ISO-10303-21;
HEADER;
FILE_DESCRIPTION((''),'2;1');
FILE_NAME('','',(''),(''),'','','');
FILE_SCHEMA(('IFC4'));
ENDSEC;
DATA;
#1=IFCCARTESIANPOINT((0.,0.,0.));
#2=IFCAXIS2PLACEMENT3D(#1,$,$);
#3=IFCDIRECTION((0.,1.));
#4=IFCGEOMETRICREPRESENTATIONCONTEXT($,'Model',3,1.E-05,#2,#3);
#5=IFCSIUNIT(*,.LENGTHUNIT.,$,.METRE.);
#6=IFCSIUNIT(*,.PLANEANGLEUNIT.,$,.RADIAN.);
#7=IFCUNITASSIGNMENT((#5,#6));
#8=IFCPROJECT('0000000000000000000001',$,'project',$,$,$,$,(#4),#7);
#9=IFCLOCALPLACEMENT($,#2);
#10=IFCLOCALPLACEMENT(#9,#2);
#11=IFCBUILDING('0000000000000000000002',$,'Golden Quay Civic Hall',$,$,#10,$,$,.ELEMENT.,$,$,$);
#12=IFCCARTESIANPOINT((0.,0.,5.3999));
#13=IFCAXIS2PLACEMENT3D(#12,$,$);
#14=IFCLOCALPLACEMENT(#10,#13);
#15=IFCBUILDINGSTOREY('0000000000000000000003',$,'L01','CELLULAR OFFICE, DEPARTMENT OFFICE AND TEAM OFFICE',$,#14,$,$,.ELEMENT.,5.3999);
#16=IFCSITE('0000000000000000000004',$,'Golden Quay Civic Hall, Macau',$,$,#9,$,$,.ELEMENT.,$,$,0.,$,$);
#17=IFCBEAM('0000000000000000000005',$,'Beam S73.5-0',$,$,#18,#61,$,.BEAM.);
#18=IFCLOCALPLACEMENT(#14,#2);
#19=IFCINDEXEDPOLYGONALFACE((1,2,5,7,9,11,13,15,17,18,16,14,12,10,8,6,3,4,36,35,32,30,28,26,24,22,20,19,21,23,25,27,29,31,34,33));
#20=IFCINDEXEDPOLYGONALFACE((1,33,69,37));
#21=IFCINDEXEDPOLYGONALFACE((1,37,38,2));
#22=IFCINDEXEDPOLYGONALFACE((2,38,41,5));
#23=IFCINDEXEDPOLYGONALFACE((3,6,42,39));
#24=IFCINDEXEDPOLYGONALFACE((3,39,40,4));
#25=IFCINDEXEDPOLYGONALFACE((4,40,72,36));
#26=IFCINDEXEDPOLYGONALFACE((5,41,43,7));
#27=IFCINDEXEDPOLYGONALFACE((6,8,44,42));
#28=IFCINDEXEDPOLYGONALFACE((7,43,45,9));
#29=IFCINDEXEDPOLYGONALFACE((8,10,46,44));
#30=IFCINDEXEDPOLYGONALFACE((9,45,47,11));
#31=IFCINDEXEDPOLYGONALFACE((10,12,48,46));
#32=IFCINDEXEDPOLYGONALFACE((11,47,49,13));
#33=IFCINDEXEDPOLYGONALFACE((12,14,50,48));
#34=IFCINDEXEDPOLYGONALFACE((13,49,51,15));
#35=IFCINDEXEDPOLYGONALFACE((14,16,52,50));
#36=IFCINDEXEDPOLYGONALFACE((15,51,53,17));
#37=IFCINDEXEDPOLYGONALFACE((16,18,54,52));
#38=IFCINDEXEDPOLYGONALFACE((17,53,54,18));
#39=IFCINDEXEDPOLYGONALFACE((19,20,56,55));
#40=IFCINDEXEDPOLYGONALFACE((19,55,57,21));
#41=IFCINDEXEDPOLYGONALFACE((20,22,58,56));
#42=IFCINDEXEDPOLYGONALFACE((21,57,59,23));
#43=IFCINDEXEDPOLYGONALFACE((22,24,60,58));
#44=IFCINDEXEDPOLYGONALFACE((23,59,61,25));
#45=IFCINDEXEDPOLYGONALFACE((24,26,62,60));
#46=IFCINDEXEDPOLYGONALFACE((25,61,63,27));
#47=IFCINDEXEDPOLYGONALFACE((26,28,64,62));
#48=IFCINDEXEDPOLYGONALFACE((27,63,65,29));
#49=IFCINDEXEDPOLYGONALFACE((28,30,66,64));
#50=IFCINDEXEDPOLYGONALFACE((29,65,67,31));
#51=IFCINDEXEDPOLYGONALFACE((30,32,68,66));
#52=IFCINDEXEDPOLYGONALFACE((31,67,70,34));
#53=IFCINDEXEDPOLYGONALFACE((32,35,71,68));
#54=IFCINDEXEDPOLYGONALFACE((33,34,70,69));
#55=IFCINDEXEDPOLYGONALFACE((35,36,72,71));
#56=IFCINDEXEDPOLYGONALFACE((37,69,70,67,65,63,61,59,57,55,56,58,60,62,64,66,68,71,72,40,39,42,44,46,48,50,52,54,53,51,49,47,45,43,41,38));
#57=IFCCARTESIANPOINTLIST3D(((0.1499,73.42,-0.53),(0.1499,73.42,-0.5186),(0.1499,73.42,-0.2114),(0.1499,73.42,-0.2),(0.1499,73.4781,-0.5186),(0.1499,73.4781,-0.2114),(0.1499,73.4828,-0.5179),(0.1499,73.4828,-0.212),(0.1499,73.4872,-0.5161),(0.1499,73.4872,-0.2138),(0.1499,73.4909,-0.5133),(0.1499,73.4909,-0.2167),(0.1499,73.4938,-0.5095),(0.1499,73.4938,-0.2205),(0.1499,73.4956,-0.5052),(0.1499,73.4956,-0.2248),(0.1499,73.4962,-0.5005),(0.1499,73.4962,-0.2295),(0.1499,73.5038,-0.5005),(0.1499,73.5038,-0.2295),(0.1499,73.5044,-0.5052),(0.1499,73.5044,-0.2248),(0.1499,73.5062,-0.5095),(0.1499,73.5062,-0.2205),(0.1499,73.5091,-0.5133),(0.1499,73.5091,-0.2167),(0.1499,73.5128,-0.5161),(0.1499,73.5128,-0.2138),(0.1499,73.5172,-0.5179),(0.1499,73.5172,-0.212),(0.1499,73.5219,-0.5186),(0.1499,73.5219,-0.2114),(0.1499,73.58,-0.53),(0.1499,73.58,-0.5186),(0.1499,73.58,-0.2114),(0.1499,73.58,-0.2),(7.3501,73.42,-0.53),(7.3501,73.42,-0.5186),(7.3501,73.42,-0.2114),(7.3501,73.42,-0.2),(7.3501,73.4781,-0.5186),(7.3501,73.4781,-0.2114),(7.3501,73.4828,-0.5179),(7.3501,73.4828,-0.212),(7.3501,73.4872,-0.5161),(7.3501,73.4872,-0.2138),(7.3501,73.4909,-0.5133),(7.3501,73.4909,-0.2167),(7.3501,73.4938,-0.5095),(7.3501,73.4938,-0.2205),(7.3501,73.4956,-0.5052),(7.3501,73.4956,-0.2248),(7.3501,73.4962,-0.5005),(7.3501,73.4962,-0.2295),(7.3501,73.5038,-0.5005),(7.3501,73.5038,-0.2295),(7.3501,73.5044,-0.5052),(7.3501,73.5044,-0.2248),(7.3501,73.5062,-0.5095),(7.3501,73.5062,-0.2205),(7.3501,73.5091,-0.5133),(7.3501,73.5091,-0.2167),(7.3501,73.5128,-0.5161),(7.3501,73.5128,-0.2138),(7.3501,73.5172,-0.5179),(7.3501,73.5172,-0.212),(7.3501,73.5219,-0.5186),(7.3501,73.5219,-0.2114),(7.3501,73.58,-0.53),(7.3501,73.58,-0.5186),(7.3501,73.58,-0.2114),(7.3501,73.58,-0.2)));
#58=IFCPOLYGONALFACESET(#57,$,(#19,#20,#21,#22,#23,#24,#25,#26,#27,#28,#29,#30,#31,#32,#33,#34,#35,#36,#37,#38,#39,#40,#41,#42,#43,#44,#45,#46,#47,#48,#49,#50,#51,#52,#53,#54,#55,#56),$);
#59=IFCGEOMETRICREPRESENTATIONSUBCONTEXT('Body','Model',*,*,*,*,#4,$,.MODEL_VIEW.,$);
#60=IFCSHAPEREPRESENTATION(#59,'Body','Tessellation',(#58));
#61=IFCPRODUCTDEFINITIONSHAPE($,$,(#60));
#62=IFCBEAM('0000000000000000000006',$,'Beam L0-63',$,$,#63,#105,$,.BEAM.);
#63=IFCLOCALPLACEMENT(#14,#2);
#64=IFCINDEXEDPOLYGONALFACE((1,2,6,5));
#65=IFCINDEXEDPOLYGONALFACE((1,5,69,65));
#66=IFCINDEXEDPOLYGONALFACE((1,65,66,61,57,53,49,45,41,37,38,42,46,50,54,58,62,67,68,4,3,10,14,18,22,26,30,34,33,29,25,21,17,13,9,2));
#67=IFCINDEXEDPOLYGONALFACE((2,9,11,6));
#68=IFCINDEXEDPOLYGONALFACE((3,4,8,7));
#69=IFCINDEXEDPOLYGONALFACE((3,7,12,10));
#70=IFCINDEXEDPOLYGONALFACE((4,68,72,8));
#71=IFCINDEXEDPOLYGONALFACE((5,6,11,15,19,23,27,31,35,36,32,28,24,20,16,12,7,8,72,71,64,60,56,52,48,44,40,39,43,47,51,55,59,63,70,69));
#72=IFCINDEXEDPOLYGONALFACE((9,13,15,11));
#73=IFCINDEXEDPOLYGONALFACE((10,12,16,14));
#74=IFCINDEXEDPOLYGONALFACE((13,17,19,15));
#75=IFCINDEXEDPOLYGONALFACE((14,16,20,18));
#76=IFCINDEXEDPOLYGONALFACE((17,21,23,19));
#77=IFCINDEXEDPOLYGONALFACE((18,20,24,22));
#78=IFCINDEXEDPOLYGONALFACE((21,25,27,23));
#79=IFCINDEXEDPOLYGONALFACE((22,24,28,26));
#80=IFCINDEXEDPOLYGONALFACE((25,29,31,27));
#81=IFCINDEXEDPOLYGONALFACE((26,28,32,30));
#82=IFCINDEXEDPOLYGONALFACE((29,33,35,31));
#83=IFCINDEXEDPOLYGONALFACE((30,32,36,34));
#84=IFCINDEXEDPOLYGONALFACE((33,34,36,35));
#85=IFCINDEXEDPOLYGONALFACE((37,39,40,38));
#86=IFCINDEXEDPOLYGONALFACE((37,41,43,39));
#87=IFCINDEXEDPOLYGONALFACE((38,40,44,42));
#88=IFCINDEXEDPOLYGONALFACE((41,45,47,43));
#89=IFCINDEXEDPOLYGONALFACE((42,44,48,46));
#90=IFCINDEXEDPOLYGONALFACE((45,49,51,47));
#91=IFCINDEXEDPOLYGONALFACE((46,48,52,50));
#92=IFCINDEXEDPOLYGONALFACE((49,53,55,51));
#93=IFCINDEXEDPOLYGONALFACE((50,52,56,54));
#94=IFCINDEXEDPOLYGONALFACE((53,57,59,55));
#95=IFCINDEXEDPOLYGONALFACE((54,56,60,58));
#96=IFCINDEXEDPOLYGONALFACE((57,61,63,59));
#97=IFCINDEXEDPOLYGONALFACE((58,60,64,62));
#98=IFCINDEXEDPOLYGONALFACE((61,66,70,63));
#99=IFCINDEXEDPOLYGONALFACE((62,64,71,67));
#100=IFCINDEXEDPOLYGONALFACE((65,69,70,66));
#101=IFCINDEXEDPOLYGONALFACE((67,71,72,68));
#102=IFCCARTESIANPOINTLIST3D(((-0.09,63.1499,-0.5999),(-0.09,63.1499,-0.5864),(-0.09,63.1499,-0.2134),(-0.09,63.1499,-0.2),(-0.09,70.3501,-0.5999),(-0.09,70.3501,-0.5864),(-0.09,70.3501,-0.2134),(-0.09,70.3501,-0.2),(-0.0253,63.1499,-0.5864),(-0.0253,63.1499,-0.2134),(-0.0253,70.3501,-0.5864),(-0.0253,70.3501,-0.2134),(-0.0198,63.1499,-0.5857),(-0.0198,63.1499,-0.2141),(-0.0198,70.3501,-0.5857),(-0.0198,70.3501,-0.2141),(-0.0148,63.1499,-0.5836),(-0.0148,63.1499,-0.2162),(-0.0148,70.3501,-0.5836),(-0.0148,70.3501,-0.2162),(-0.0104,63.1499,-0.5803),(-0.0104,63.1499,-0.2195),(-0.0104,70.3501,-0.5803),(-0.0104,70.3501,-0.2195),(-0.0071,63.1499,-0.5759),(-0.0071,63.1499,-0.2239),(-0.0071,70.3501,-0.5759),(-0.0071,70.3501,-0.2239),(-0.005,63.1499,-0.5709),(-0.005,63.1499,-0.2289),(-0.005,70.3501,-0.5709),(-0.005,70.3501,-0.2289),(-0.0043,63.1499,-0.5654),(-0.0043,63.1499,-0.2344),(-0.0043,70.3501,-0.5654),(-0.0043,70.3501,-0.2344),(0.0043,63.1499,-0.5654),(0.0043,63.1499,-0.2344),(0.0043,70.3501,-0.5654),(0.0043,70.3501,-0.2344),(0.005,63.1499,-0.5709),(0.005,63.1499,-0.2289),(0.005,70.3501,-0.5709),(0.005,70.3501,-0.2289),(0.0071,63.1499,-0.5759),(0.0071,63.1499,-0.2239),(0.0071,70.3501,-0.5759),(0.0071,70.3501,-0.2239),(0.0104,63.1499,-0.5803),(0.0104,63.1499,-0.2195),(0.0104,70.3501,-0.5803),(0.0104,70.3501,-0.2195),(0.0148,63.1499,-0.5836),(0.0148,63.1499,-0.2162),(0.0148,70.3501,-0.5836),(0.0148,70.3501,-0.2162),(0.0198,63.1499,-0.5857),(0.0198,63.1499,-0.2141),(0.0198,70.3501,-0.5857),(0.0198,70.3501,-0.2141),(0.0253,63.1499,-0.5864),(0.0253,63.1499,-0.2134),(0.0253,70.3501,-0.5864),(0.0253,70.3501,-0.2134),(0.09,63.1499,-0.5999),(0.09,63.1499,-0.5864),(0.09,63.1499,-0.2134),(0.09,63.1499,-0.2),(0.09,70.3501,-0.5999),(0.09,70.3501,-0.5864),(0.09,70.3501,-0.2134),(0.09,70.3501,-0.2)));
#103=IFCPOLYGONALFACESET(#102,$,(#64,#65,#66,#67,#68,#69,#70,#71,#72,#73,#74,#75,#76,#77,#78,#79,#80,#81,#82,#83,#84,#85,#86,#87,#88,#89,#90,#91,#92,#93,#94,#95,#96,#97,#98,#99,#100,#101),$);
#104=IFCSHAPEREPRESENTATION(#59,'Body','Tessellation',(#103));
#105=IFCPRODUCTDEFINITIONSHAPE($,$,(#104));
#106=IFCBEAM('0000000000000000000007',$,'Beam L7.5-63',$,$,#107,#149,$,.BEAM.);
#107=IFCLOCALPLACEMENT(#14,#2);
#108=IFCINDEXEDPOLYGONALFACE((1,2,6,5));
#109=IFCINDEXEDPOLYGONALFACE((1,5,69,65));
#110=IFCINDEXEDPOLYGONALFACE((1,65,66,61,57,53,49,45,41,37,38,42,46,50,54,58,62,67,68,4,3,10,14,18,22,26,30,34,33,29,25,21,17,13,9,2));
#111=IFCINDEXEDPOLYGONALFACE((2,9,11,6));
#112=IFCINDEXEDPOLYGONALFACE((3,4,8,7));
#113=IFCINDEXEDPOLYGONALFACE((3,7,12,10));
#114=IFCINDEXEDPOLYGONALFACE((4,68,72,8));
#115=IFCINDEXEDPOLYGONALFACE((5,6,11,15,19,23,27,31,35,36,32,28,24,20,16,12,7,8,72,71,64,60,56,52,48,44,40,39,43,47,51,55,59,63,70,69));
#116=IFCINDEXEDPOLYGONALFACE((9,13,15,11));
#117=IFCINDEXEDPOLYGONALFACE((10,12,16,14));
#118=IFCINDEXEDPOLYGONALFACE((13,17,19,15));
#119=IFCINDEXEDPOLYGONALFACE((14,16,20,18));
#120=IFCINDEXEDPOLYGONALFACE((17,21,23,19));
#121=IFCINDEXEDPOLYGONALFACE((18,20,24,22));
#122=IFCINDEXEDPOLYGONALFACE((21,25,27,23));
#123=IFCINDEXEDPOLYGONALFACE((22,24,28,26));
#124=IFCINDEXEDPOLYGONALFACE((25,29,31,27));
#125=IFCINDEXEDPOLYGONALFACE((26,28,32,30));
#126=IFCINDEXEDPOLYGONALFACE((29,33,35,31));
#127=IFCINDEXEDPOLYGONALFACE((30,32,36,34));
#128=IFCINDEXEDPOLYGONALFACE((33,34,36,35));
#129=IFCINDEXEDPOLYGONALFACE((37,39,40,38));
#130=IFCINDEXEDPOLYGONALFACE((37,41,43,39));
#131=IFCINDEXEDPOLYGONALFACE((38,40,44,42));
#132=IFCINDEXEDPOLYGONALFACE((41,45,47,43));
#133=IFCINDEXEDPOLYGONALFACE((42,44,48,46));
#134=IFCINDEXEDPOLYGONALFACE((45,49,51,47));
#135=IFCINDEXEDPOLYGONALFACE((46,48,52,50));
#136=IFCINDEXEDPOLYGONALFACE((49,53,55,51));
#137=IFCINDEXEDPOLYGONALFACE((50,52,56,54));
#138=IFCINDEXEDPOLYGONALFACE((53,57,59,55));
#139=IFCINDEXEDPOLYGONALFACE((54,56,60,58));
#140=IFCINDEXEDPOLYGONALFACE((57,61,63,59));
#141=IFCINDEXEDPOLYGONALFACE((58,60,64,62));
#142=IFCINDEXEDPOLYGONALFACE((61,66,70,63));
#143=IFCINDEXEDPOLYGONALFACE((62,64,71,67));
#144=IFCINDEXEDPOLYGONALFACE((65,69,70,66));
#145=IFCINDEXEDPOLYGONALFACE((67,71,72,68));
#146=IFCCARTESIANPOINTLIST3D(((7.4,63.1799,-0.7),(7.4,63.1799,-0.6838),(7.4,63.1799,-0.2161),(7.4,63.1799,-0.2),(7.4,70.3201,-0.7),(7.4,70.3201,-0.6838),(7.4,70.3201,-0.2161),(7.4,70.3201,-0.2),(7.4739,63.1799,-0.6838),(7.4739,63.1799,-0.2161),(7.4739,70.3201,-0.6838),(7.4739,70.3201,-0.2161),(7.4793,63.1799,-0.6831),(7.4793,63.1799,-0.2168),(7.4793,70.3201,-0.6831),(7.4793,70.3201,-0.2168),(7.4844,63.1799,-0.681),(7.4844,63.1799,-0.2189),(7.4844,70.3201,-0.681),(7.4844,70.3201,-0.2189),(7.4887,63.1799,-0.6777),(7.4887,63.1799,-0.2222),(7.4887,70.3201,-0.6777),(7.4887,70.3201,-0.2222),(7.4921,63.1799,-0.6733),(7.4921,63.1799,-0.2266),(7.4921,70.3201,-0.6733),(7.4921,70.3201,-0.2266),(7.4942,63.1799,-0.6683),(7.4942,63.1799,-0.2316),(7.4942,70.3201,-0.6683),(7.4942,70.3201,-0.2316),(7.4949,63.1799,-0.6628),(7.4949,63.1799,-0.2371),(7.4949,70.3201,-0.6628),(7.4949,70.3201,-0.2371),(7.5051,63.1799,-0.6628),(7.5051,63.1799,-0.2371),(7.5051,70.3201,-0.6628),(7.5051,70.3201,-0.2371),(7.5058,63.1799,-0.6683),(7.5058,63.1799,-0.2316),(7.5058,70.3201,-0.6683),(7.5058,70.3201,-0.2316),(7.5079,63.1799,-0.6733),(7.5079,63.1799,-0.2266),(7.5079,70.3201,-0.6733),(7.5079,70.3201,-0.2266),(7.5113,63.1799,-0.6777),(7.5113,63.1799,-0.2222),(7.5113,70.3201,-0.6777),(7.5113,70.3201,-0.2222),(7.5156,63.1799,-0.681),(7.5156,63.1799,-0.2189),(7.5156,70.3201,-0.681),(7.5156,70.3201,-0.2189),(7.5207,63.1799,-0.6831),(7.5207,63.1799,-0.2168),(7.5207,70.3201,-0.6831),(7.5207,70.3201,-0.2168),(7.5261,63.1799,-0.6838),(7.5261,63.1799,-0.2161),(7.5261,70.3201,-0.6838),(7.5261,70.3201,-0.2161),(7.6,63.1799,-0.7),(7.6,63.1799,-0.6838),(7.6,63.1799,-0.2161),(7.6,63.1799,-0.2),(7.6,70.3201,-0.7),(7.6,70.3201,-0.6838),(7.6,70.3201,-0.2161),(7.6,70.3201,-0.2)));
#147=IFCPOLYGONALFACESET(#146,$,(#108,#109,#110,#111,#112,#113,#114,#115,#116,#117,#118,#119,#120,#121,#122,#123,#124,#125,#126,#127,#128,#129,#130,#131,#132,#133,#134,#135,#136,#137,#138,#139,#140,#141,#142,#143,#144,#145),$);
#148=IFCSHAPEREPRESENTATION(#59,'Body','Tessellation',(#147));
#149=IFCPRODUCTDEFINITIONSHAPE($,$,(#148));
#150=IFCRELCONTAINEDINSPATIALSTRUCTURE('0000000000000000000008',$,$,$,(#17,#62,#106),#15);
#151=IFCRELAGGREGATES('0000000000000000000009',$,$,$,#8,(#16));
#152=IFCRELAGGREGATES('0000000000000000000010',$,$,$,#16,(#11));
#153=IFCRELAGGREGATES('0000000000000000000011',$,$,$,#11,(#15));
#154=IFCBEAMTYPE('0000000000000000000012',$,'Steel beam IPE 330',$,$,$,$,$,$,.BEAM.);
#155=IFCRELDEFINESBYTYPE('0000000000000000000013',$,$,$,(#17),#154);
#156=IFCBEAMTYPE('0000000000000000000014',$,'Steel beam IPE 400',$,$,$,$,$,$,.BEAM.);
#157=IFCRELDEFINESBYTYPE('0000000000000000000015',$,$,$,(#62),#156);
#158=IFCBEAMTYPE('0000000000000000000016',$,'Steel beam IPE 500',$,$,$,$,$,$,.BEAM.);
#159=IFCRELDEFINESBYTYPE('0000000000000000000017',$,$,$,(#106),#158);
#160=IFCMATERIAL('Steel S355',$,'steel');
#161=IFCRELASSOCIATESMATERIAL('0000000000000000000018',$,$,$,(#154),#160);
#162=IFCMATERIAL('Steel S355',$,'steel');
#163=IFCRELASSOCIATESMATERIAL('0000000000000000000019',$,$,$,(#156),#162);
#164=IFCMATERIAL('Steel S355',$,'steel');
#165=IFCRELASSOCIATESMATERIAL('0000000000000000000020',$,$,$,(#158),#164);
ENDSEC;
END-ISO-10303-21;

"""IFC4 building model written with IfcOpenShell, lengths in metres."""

from ifc_helpers import new_model, si_unit, direction, frame, origin, origin_2d, place, context, subcontext, project, spatial, i_section, extrude, material, material_profile, profile_set, type_object, element, save


model = new_model("IFC4")

# Units and contexts
model_context = context("Model", 3, precision=1e-05, world=origin(), true_north=direction((0.0, 1.0)))
body_context = subcontext(model_context, "Body", "Model", "MODEL_VIEW")
ifc_project = project(units=[si_unit("LENGTHUNIT", "METRE"), si_unit("PLANEANGLEUNIT", "RADIAN")], contexts=[model_context])

# Site, building, storey
site_placement = place(None, origin())
site = spatial("IfcSite", under=ifc_project, at=site_placement, Name="Golden Quay Civic Hall, Macau", CompositionType="ELEMENT", RefElevation=0.0)
building_placement = place(site_placement, origin())
building = spatial("IfcBuilding", under=site, at=building_placement, Name="Golden Quay Civic Hall", CompositionType="ELEMENT")
storey_placement = place(building_placement, frame((0.0, 0.0, 5.3999)))
storey = spatial("IfcBuildingStorey", under=building, at=storey_placement, Name="L01", Description="CELLULAR OFFICE, DEPARTMENT OFFICE AND TEAM OFFICE", CompositionType="ELEMENT", Elevation=5.3999)

# Beams
ifc_material_1 = material(Name="Steel S355", Category="steel")
ifc_material_profile_1 = material_profile(ifc_material_1, i_section(OverallWidth=0.1599, OverallDepth=0.3301, WebThickness=0.0076, FlangeThickness=0.0115, FilletRadius=0.0181, at=origin_2d()), Name="IPE 330")
ifc_profile_set_1 = profile_set([ifc_material_profile_1], Name="Steel S355")
beam_type_1 = type_object("IfcBeamType", Name="Steel beam IPE 330", PredefinedType="BEAM", material=ifc_profile_set_1)
for number, where, z_axis, x_axis, name in (
    (1, (0.1499, 73.5, -0.365), (1.0, 0.0, 0.0), (0.0, 1.0, 0.0), "Beam S73.5-0"),
):
    element("IfcBeam", number, at=place(storey_placement, frame(where, z_axis=z_axis, x_axis=x_axis)), inside=storey, type_object=beam_type_1, Name=name, PredefinedType="BEAM", context=body_context, shape_type="SweptSolid", body=[
        extrude(i_section(OverallWidth=0.1599, OverallDepth=0.3301, WebThickness=0.0076, FlangeThickness=0.0115, FilletRadius=0.0181, at=origin_2d()), origin(), (0.0, 0.0, 1.0), 7.2002),
    ])
ifc_material_2 = material(Name="Steel S355", Category="steel")
ifc_material_profile_2 = material_profile(ifc_material_2, i_section(OverallWidth=0.1799, OverallDepth=0.3999, WebThickness=0.0085, FlangeThickness=0.0134, FilletRadius=0.021, at=origin_2d()), Name="IPE 400")
ifc_profile_set_2 = profile_set([ifc_material_profile_2], Name="Steel S355")
beam_type_2 = type_object("IfcBeamType", Name="Steel beam IPE 400", PredefinedType="BEAM", material=ifc_profile_set_2)
beam_1_placement = place(storey_placement, frame((0.0, 63.1499, -0.3999), z_axis=(0.0, 1.0, 0.0), x_axis=(-1.0, 0.0, 0.0)))
element("IfcBeam", 2, at=beam_1_placement, inside=storey, type_object=beam_type_2, Name="Beam L0-63", PredefinedType="BEAM", context=body_context, shape_type="SweptSolid", body=[
    extrude(i_section(OverallWidth=0.1799, OverallDepth=0.3999, WebThickness=0.0085, FlangeThickness=0.0134, FilletRadius=0.021, at=origin_2d()), origin(), (0.0, 0.0, 1.0), 7.2002),
])
ifc_material_3 = material(Name="Steel S355", Category="steel")
ifc_material_profile_3 = material_profile(ifc_material_3, i_section(OverallWidth=0.2, OverallDepth=0.5, WebThickness=0.0103, FlangeThickness=0.0161, FilletRadius=0.021, at=origin_2d()), Name="IPE 500")
ifc_profile_set_3 = profile_set([ifc_material_profile_3], Name="Steel S355")
beam_type_3 = type_object("IfcBeamType", Name="Steel beam IPE 500", PredefinedType="BEAM", material=ifc_profile_set_3)
beam_2_placement = place(storey_placement, frame((7.5, 63.1799, -0.45), z_axis=(0.0, 1.0, 0.0), x_axis=(-1.0, 0.0, 0.0)))
element("IfcBeam", 3, at=beam_2_placement, inside=storey, type_object=beam_type_3, Name="Beam L7.5-63", PredefinedType="BEAM", context=body_context, shape_type="SweptSolid", body=[
    extrude(i_section(OverallWidth=0.2, OverallDepth=0.5, WebThickness=0.0103, FlangeThickness=0.0161, FilletRadius=0.021, at=origin_2d()), origin(), (0.0, 0.0, 1.0), 7.1401),
])

save(model, "model.ifc")
